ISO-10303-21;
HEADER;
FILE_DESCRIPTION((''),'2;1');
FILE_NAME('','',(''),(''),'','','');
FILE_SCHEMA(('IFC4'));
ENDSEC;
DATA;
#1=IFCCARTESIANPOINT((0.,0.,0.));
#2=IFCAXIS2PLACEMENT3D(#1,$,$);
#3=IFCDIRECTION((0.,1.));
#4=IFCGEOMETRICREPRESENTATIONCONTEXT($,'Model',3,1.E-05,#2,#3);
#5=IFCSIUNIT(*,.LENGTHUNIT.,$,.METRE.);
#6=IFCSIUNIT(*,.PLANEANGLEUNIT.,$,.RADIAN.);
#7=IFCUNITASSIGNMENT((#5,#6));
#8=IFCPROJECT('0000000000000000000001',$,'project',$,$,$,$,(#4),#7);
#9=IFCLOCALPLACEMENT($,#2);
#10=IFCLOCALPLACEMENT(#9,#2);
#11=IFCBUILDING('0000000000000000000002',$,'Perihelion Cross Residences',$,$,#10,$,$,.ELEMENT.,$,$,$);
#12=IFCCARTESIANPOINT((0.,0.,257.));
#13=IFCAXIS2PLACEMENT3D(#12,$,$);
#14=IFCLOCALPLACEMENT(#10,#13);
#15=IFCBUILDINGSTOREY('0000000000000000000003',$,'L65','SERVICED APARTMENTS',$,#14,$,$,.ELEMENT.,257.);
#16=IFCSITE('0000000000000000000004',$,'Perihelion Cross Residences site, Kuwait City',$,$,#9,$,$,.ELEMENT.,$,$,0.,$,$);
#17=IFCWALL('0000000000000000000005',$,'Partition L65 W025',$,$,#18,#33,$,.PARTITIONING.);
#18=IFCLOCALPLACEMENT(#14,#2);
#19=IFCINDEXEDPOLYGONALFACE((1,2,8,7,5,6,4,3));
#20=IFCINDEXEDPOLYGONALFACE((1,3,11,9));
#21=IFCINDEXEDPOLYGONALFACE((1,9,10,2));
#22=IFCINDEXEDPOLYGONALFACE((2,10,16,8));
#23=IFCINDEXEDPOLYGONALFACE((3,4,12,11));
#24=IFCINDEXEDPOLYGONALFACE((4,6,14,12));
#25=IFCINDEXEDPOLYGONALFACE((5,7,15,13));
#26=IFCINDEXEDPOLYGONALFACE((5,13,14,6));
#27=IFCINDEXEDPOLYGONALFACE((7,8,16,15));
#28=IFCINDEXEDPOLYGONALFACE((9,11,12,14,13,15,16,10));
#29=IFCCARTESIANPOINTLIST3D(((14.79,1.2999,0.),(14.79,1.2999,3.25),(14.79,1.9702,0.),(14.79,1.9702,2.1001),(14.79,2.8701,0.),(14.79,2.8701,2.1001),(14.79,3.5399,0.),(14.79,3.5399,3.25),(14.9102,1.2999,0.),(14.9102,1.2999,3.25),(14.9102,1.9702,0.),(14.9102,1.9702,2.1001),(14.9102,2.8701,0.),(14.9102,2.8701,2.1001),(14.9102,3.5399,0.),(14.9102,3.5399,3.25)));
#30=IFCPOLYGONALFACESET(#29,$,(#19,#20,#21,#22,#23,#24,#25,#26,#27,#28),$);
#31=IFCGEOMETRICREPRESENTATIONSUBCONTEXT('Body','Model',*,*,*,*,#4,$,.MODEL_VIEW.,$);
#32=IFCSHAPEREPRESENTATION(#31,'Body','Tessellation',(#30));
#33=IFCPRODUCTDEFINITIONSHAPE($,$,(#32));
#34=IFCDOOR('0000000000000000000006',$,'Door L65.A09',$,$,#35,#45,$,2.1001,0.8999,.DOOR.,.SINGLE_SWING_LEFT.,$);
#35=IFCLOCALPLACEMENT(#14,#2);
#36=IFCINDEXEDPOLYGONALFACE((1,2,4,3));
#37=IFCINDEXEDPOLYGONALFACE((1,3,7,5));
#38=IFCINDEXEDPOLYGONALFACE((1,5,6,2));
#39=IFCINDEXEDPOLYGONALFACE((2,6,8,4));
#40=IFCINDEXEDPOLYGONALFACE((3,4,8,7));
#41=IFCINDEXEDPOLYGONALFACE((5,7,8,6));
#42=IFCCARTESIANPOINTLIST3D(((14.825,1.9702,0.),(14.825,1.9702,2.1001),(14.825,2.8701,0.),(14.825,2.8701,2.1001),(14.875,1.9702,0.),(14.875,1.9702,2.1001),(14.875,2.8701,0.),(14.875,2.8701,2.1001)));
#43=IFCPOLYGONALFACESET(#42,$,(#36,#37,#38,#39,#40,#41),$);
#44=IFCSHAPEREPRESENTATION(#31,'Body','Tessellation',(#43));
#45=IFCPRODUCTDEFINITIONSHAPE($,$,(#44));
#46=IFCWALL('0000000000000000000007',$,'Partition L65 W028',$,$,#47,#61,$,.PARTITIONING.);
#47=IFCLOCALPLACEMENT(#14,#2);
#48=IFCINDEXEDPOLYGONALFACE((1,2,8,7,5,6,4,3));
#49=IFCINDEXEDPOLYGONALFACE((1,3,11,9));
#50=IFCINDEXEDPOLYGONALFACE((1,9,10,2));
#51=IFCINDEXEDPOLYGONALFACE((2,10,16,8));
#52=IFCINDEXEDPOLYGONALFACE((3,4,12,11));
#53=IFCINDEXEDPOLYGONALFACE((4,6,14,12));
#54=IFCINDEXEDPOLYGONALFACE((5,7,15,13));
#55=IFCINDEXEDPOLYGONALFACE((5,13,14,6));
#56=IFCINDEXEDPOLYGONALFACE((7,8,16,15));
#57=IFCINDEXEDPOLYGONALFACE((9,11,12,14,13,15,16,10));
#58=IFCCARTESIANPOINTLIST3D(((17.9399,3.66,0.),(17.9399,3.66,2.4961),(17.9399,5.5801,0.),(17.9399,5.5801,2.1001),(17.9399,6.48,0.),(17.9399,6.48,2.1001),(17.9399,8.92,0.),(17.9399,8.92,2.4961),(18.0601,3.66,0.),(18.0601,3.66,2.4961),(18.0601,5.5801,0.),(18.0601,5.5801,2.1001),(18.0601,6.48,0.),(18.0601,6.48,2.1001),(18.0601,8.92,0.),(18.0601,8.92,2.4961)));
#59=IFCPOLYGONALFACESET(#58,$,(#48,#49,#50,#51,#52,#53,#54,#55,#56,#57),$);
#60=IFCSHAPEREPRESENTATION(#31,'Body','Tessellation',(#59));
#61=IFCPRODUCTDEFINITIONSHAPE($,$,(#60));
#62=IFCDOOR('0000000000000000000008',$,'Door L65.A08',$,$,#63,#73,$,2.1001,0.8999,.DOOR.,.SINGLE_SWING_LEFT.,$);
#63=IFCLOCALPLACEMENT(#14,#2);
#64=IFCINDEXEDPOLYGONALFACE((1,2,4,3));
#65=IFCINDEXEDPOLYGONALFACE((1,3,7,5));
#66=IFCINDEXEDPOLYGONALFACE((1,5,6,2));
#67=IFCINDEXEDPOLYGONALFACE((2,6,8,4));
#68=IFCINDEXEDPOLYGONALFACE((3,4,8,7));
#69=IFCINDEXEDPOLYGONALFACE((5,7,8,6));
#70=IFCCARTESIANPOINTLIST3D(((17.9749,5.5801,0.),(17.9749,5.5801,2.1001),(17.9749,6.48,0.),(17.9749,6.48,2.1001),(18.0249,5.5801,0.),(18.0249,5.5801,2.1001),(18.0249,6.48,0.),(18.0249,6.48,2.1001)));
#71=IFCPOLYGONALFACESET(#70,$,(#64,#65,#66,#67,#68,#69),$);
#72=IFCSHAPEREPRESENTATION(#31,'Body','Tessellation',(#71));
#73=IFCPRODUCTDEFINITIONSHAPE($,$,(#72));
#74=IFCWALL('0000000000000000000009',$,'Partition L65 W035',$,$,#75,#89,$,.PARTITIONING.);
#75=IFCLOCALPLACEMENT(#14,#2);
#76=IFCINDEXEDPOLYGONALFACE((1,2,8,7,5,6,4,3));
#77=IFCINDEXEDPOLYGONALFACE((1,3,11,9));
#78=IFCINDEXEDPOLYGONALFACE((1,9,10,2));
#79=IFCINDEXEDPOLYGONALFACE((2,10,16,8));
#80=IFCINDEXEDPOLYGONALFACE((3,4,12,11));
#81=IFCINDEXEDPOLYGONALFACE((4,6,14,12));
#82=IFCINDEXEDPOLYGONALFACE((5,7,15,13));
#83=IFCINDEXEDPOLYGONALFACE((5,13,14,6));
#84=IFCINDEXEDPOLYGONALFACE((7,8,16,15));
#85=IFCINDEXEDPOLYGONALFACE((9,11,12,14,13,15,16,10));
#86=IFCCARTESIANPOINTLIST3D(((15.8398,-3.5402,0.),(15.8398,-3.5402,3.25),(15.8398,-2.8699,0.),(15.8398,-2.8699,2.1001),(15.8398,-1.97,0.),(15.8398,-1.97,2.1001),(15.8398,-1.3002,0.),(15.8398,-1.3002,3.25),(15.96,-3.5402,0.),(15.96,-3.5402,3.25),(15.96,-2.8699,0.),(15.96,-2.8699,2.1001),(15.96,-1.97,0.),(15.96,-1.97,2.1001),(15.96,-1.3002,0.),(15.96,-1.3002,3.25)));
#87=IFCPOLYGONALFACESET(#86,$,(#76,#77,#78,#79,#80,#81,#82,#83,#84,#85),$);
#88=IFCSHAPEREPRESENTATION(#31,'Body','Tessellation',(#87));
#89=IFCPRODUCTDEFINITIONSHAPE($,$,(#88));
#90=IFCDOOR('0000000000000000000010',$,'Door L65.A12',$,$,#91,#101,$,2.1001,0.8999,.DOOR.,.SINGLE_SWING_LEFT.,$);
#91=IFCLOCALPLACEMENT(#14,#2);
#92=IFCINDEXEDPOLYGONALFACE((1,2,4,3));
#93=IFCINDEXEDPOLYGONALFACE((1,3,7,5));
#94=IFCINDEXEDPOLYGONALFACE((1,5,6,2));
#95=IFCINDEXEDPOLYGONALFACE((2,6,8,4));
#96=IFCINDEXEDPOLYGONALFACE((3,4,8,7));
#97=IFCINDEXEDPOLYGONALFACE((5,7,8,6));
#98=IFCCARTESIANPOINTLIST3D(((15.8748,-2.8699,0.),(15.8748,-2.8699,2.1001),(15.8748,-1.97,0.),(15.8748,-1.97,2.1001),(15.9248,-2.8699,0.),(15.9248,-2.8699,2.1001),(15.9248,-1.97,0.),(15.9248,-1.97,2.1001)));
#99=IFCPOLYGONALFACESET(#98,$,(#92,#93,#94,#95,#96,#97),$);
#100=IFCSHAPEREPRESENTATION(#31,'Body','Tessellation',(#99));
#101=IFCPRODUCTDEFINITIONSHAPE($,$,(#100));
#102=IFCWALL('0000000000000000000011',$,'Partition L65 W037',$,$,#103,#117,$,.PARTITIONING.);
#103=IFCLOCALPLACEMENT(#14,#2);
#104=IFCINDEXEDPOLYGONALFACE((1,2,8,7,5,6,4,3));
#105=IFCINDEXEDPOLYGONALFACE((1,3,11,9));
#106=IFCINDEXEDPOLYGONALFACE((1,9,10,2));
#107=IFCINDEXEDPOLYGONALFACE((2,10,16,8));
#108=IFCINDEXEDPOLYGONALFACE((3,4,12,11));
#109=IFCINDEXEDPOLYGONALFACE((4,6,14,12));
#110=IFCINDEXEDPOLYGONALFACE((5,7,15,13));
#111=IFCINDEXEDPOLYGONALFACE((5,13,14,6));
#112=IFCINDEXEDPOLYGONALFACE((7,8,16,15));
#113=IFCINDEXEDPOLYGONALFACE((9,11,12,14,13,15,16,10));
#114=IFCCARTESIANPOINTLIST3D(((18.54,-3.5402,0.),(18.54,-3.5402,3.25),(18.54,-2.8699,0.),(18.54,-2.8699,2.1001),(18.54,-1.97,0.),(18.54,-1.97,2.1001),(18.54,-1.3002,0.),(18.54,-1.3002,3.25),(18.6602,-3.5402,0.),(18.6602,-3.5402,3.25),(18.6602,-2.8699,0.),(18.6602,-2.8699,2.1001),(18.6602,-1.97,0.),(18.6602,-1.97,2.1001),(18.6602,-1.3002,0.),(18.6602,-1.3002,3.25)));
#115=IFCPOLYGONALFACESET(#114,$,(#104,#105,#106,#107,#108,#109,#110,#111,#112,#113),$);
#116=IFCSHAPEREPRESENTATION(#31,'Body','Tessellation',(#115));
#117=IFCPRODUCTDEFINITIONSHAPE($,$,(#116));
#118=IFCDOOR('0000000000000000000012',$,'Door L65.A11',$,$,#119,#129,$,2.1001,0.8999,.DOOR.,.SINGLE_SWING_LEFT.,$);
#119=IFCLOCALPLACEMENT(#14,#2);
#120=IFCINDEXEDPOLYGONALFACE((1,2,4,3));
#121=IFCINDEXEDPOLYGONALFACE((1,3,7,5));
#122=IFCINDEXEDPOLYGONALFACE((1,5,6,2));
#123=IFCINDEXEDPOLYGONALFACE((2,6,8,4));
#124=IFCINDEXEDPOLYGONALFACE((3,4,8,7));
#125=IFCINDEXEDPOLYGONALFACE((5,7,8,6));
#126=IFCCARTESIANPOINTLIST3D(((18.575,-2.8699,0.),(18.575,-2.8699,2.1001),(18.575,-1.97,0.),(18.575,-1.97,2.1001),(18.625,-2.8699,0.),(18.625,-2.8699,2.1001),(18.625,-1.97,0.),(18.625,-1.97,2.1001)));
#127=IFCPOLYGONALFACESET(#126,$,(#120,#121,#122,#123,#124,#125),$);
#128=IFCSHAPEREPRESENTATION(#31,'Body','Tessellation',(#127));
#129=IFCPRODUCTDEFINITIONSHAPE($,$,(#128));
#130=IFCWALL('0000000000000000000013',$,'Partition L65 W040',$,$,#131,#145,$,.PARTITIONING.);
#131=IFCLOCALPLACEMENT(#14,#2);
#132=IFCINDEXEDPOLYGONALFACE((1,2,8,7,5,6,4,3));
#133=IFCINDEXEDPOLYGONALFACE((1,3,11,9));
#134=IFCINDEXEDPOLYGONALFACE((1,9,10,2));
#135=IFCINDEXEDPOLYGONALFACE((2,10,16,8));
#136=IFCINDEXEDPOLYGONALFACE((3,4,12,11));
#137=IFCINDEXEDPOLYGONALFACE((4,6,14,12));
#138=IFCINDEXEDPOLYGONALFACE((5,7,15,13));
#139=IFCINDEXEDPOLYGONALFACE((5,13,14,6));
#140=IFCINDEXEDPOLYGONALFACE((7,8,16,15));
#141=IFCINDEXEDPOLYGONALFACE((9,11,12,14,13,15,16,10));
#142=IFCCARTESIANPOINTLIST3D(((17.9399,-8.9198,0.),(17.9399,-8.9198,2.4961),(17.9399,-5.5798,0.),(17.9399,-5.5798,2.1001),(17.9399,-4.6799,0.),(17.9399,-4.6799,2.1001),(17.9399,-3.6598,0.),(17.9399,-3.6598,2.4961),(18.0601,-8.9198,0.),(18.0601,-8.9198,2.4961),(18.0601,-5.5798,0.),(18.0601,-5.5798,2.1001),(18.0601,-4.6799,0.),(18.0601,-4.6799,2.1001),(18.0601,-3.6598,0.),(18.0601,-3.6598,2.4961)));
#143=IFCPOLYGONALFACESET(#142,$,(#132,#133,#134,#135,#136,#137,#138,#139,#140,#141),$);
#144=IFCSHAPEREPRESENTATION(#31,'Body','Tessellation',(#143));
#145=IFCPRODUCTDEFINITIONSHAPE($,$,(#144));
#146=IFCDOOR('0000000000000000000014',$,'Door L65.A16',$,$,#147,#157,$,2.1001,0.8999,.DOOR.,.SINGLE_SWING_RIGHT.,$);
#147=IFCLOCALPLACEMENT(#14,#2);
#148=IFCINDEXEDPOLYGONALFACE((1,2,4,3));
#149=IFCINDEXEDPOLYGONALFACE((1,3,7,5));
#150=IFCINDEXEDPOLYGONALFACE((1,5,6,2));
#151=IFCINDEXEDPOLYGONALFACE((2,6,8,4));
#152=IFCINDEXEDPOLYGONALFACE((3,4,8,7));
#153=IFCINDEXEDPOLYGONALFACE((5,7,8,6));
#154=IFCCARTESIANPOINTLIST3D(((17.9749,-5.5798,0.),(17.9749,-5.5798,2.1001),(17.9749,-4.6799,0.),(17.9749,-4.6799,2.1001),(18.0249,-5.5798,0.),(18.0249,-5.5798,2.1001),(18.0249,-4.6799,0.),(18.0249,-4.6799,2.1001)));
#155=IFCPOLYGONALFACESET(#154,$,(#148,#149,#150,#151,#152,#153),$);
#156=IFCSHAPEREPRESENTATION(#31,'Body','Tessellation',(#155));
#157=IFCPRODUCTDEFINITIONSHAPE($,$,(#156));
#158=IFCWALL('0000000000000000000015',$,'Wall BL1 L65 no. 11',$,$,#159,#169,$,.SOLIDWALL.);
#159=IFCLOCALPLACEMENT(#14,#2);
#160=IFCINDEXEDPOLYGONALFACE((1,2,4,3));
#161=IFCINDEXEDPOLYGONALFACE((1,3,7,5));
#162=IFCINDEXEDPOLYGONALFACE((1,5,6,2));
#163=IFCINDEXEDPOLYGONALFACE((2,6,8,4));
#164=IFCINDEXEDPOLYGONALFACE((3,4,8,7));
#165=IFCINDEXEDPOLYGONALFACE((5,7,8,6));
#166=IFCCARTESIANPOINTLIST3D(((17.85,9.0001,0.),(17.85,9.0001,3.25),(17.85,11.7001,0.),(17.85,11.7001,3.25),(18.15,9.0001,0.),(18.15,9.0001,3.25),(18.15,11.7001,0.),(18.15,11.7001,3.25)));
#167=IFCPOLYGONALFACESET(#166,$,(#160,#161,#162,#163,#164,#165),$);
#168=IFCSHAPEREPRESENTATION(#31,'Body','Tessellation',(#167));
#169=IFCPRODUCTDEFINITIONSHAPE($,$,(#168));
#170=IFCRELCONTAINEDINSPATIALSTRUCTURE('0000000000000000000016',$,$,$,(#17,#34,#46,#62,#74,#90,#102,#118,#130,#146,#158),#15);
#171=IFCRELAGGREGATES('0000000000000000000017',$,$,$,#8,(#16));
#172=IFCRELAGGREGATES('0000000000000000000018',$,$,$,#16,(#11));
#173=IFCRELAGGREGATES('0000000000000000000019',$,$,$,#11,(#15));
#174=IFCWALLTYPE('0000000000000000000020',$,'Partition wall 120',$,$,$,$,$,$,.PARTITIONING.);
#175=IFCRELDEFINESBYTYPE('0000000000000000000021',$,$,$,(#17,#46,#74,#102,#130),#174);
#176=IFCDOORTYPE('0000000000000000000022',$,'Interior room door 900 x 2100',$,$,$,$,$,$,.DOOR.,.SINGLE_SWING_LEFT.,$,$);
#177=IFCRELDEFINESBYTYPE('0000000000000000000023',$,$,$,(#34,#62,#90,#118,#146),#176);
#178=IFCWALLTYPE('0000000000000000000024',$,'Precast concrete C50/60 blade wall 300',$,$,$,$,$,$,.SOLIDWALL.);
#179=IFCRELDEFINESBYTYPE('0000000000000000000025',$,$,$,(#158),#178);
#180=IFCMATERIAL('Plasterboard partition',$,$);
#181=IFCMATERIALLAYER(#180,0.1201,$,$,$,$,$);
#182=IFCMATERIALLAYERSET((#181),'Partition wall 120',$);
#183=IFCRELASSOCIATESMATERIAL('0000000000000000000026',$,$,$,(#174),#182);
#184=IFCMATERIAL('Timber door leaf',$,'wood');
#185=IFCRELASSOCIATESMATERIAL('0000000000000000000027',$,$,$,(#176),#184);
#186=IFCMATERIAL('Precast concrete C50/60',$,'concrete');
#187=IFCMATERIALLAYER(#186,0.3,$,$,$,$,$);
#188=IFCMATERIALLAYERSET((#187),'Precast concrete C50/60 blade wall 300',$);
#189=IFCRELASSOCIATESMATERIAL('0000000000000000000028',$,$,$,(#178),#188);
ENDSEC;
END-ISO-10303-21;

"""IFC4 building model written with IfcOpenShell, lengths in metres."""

from ifc_helpers import new_model, si_unit, direction, frame, frame_2d, origin, place, context, subcontext, project, spatial, rectangle, extrude, material, layer, layer_set, type_object, element, fill, save


model = new_model("IFC4")

# Units and contexts
model_context = context("Model", 3, precision=1e-05, world=origin(), true_north=direction((0.0, 1.0)))
body_context = subcontext(model_context, "Body", "Model", "MODEL_VIEW")
ifc_project = project(units=[si_unit("LENGTHUNIT", "METRE"), si_unit("PLANEANGLEUNIT", "RADIAN")], contexts=[model_context])

# Site, building, storey
site_placement = place(None, origin())
site = spatial("IfcSite", under=ifc_project, at=site_placement, Name="Perihelion Cross Residences site, Kuwait City", CompositionType="ELEMENT", RefElevation=0.0)
building_placement = place(site_placement, origin())
building = spatial("IfcBuilding", under=site, at=building_placement, Name="Perihelion Cross Residences", CompositionType="ELEMENT")
storey_placement = place(building_placement, frame((0.0, 0.0, 257.0)))
storey = spatial("IfcBuildingStorey", under=building, at=storey_placement, Name="L65", Description="SERVICED APARTMENTS", CompositionType="ELEMENT", Elevation=257.0)

# Walls, openings, doors
ifc_material_1 = material(Name="Plasterboard partition")
ifc_layer_1 = layer(ifc_material_1, 0.1201)
ifc_layer_set_1 = layer_set([ifc_layer_1], Name="Partition wall 120")
wall_type_1 = type_object("IfcWallType", Name="Partition wall 120", PredefinedType="PARTITIONING", material=ifc_layer_set_1)
wall_1_placement = place(storey_placement, frame((14.8501, 3.54, 0.0), z_axis=(0.0, 0.0, 1.0), x_axis=(0.0, -1.0, 0.0)))
wall_1 = element("IfcWall", 1, at=wall_1_placement, inside=storey, type_object=wall_type_1, Name="Partition L65 W025", PredefinedType="PARTITIONING", context=body_context, shape_type="SweptSolid", body=[
    extrude(rectangle(XDim=2.24, YDim=0.1201, at=frame_2d((1.1201, 0.0))), origin(), (0.0, 0.0, 1.0), 3.25),
])
opening_1_placement = place(wall_1_placement, frame((0.6699, 0.0, 0.0)))
opening_1 = element("IfcOpeningElement", 2, at=opening_1_placement, cuts=wall_1, PredefinedType="OPENING", context=body_context, shape_type="SweptSolid", body=[
    extrude(rectangle(XDim=0.8999, YDim=2.1001, at=frame_2d((0.45, 1.05))), frame((0.0, 0.0701, 0.0), z_axis=(0.0, -1.0, 0.0), x_axis=(1.0, 0.0, 0.0)), (0.0, 0.0, 1.0), 0.1401),
])
ifc_material_2 = material(Name="Timber door leaf", Category="wood")
door_type_1 = type_object("IfcDoorType", Name="Interior room door 900 x 2100", OperationType="SINGLE_SWING_LEFT", PredefinedType="DOOR", material=ifc_material_2)
door_1_placement = place(opening_1_placement, origin())
door_1 = element("IfcDoor", 3, at=door_1_placement, inside=storey, type_object=door_type_1, Name="Door L65.A09", OperationType="SINGLE_SWING_LEFT", OverallHeight=2.1001, OverallWidth=0.8999, PredefinedType="DOOR", context=body_context, shape_type="SweptSolid", body=[
    extrude(rectangle(XDim=0.8999, YDim=2.1001, at=frame_2d((0.45, 1.05))), frame((0.0, 0.0249, 0.0), z_axis=(0.0, -1.0, 0.0), x_axis=(1.0, 0.0, 0.0)), (0.0, 0.0, 1.0), 0.05),
])
fill(opening_1, door_1)
wall_2_placement = place(storey_placement, frame((18.0, 8.9199, 0.0), z_axis=(0.0, 0.0, 1.0), x_axis=(0.0, -1.0, 0.0)))
wall_2 = element("IfcWall", 4, at=wall_2_placement, inside=storey, type_object=wall_type_1, Name="Partition L65 W028", PredefinedType="PARTITIONING", context=body_context, shape_type="SweptSolid", body=[
    extrude(rectangle(XDim=5.26, YDim=0.1201, at=frame_2d((2.6299, 0.0))), origin(), (0.0, 0.0, 1.0), 2.4961),
])
opening_2_placement = place(wall_2_placement, frame((2.4399, 0.0, 0.0)))
opening_2 = element("IfcOpeningElement", 5, at=opening_2_placement, cuts=wall_2, PredefinedType="OPENING", context=body_context, shape_type="SweptSolid", body=[
    extrude(rectangle(XDim=0.8999, YDim=2.1001, at=frame_2d((0.45, 1.05))), frame((0.0, 0.0701, 0.0), z_axis=(0.0, -1.0, 0.0), x_axis=(1.0, 0.0, 0.0)), (0.0, 0.0, 1.0), 0.1401),
])
door_2_placement = place(opening_2_placement, origin())
door_2 = element("IfcDoor", 6, at=door_2_placement, inside=storey, type_object=door_type_1, Name="Door L65.A08", OperationType="SINGLE_SWING_LEFT", OverallHeight=2.1001, OverallWidth=0.8999, PredefinedType="DOOR", context=body_context, shape_type="SweptSolid", body=[
    extrude(rectangle(XDim=0.8999, YDim=2.1001, at=frame_2d((0.45, 1.05))), frame((0.0, 0.0249, 0.0), z_axis=(0.0, -1.0, 0.0), x_axis=(1.0, 0.0, 0.0)), (0.0, 0.0, 1.0), 0.05),
])
fill(opening_2, door_2)
wall_3_placement = place(storey_placement, frame((15.8999, -1.3, 0.0), z_axis=(0.0, 0.0, 1.0), x_axis=(0.0, -1.0, 0.0)))
wall_3 = element("IfcWall", 7, at=wall_3_placement, inside=storey, type_object=wall_type_1, Name="Partition L65 W035", PredefinedType="PARTITIONING", context=body_context, shape_type="SweptSolid", body=[
    extrude(rectangle(XDim=2.24, YDim=0.1201, at=frame_2d((1.1201, 0.0))), origin(), (0.0, 0.0, 1.0), 3.25),
])
opening_3_placement = place(wall_3_placement, frame((0.6699, 0.0, 0.0)))
opening_3 = element("IfcOpeningElement", 8, at=opening_3_placement, cuts=wall_3, PredefinedType="OPENING", context=body_context, shape_type="SweptSolid", body=[
    extrude(rectangle(XDim=0.8999, YDim=2.1001, at=frame_2d((0.45, 1.05))), frame((0.0, 0.0701, 0.0), z_axis=(0.0, -1.0, 0.0), x_axis=(1.0, 0.0, 0.0)), (0.0, 0.0, 1.0), 0.1401),
])
door_3_placement = place(opening_3_placement, origin())
door_3 = element("IfcDoor", 9, at=door_3_placement, inside=storey, type_object=door_type_1, Name="Door L65.A12", OperationType="SINGLE_SWING_LEFT", OverallHeight=2.1001, OverallWidth=0.8999, PredefinedType="DOOR", context=body_context, shape_type="SweptSolid", body=[
    extrude(rectangle(XDim=0.8999, YDim=2.1001, at=frame_2d((0.45, 1.05))), frame((0.0, 0.0249, 0.0), z_axis=(0.0, -1.0, 0.0), x_axis=(1.0, 0.0, 0.0)), (0.0, 0.0, 1.0), 0.05),
])
fill(opening_3, door_3)
wall_4_placement = place(storey_placement, frame((18.6001, -1.3, 0.0), z_axis=(0.0, 0.0, 1.0), x_axis=(0.0, -1.0, 0.0)))
wall_4 = element("IfcWall", 10, at=wall_4_placement, inside=storey, type_object=wall_type_1, Name="Partition L65 W037", PredefinedType="PARTITIONING", context=body_context, shape_type="SweptSolid", body=[
    extrude(rectangle(XDim=2.24, YDim=0.1201, at=frame_2d((1.1201, 0.0))), origin(), (0.0, 0.0, 1.0), 3.25),
])
opening_4_placement = place(wall_4_placement, frame((0.6699, 0.0, 0.0)))
opening_4 = element("IfcOpeningElement", 11, at=opening_4_placement, cuts=wall_4, PredefinedType="OPENING", context=body_context, shape_type="SweptSolid", body=[
    extrude(rectangle(XDim=0.8999, YDim=2.1001, at=frame_2d((0.45, 1.05))), frame((0.0, 0.0701, 0.0), z_axis=(0.0, -1.0, 0.0), x_axis=(1.0, 0.0, 0.0)), (0.0, 0.0, 1.0), 0.1401),
])
door_4_placement = place(opening_4_placement, origin())
door_4 = element("IfcDoor", 12, at=door_4_placement, inside=storey, type_object=door_type_1, Name="Door L65.A11", OperationType="SINGLE_SWING_LEFT", OverallHeight=2.1001, OverallWidth=0.8999, PredefinedType="DOOR", context=body_context, shape_type="SweptSolid", body=[
    extrude(rectangle(XDim=0.8999, YDim=2.1001, at=frame_2d((0.45, 1.05))), frame((0.0, 0.0249, 0.0), z_axis=(0.0, -1.0, 0.0), x_axis=(1.0, 0.0, 0.0)), (0.0, 0.0, 1.0), 0.05),
])
fill(opening_4, door_4)
wall_5_placement = place(storey_placement, frame((18.0, -3.6599, 0.0), z_axis=(0.0, 0.0, 1.0), x_axis=(0.0, -1.0, 0.0)))
wall_5 = element("IfcWall", 13, at=wall_5_placement, inside=storey, type_object=wall_type_1, Name="Partition L65 W040", PredefinedType="PARTITIONING", context=body_context, shape_type="SweptSolid", body=[
    extrude(rectangle(XDim=5.26, YDim=0.1201, at=frame_2d((2.6299, 0.0))), origin(), (0.0, 0.0, 1.0), 2.4961),
])
opening_5_placement = place(wall_5_placement, frame((1.02, 0.0, 0.0)))
opening_5 = element("IfcOpeningElement", 14, at=opening_5_placement, cuts=wall_5, PredefinedType="OPENING", context=body_context, shape_type="SweptSolid", body=[
    extrude(rectangle(XDim=0.8999, YDim=2.1001, at=frame_2d((0.45, 1.05))), frame((0.0, 0.0701, 0.0), z_axis=(0.0, -1.0, 0.0), x_axis=(1.0, 0.0, 0.0)), (0.0, 0.0, 1.0), 0.1401),
])
door_5_placement = place(opening_5_placement, origin())
door_5 = element("IfcDoor", 15, at=door_5_placement, inside=storey, type_object=door_type_1, Name="Door L65.A16", OperationType="SINGLE_SWING_RIGHT", OverallHeight=2.1001, OverallWidth=0.8999, PredefinedType="DOOR", context=body_context, shape_type="SweptSolid", body=[
    extrude(rectangle(XDim=0.8999, YDim=2.1001, at=frame_2d((0.45, 1.05))), frame((0.0, 0.0249, 0.0), z_axis=(0.0, -1.0, 0.0), x_axis=(1.0, 0.0, 0.0)), (0.0, 0.0, 1.0), 0.05),
])
fill(opening_5, door_5)

# Wall
ifc_material_3 = material(Name="Precast concrete C50/60", Category="concrete")
ifc_layer_2 = layer(ifc_material_3, 0.3)
ifc_layer_set_2 = layer_set([ifc_layer_2], Name="Precast concrete C50/60 blade wall 300")
wall_type_2 = type_object("IfcWallType", Name="Precast concrete C50/60 blade wall 300", PredefinedType="SOLIDWALL", material=ifc_layer_set_2)
wall_6_placement = place(storey_placement, frame((18.0, 9.0, 0.0), z_axis=(0.0, 0.0, 1.0), x_axis=(0.0, 1.0, 0.0)))
element("IfcWall", 16, at=wall_6_placement, inside=storey, type_object=wall_type_2, Name="Wall BL1 L65 no. 11", PredefinedType="SOLIDWALL", context=body_context, shape_type="SweptSolid", body=[
    extrude(rectangle(XDim=2.7, YDim=0.3, at=frame_2d((1.3501, 0.0))), origin(), (0.0, 0.0, 1.0), 3.25),
])

save(model, "model.ifc")
